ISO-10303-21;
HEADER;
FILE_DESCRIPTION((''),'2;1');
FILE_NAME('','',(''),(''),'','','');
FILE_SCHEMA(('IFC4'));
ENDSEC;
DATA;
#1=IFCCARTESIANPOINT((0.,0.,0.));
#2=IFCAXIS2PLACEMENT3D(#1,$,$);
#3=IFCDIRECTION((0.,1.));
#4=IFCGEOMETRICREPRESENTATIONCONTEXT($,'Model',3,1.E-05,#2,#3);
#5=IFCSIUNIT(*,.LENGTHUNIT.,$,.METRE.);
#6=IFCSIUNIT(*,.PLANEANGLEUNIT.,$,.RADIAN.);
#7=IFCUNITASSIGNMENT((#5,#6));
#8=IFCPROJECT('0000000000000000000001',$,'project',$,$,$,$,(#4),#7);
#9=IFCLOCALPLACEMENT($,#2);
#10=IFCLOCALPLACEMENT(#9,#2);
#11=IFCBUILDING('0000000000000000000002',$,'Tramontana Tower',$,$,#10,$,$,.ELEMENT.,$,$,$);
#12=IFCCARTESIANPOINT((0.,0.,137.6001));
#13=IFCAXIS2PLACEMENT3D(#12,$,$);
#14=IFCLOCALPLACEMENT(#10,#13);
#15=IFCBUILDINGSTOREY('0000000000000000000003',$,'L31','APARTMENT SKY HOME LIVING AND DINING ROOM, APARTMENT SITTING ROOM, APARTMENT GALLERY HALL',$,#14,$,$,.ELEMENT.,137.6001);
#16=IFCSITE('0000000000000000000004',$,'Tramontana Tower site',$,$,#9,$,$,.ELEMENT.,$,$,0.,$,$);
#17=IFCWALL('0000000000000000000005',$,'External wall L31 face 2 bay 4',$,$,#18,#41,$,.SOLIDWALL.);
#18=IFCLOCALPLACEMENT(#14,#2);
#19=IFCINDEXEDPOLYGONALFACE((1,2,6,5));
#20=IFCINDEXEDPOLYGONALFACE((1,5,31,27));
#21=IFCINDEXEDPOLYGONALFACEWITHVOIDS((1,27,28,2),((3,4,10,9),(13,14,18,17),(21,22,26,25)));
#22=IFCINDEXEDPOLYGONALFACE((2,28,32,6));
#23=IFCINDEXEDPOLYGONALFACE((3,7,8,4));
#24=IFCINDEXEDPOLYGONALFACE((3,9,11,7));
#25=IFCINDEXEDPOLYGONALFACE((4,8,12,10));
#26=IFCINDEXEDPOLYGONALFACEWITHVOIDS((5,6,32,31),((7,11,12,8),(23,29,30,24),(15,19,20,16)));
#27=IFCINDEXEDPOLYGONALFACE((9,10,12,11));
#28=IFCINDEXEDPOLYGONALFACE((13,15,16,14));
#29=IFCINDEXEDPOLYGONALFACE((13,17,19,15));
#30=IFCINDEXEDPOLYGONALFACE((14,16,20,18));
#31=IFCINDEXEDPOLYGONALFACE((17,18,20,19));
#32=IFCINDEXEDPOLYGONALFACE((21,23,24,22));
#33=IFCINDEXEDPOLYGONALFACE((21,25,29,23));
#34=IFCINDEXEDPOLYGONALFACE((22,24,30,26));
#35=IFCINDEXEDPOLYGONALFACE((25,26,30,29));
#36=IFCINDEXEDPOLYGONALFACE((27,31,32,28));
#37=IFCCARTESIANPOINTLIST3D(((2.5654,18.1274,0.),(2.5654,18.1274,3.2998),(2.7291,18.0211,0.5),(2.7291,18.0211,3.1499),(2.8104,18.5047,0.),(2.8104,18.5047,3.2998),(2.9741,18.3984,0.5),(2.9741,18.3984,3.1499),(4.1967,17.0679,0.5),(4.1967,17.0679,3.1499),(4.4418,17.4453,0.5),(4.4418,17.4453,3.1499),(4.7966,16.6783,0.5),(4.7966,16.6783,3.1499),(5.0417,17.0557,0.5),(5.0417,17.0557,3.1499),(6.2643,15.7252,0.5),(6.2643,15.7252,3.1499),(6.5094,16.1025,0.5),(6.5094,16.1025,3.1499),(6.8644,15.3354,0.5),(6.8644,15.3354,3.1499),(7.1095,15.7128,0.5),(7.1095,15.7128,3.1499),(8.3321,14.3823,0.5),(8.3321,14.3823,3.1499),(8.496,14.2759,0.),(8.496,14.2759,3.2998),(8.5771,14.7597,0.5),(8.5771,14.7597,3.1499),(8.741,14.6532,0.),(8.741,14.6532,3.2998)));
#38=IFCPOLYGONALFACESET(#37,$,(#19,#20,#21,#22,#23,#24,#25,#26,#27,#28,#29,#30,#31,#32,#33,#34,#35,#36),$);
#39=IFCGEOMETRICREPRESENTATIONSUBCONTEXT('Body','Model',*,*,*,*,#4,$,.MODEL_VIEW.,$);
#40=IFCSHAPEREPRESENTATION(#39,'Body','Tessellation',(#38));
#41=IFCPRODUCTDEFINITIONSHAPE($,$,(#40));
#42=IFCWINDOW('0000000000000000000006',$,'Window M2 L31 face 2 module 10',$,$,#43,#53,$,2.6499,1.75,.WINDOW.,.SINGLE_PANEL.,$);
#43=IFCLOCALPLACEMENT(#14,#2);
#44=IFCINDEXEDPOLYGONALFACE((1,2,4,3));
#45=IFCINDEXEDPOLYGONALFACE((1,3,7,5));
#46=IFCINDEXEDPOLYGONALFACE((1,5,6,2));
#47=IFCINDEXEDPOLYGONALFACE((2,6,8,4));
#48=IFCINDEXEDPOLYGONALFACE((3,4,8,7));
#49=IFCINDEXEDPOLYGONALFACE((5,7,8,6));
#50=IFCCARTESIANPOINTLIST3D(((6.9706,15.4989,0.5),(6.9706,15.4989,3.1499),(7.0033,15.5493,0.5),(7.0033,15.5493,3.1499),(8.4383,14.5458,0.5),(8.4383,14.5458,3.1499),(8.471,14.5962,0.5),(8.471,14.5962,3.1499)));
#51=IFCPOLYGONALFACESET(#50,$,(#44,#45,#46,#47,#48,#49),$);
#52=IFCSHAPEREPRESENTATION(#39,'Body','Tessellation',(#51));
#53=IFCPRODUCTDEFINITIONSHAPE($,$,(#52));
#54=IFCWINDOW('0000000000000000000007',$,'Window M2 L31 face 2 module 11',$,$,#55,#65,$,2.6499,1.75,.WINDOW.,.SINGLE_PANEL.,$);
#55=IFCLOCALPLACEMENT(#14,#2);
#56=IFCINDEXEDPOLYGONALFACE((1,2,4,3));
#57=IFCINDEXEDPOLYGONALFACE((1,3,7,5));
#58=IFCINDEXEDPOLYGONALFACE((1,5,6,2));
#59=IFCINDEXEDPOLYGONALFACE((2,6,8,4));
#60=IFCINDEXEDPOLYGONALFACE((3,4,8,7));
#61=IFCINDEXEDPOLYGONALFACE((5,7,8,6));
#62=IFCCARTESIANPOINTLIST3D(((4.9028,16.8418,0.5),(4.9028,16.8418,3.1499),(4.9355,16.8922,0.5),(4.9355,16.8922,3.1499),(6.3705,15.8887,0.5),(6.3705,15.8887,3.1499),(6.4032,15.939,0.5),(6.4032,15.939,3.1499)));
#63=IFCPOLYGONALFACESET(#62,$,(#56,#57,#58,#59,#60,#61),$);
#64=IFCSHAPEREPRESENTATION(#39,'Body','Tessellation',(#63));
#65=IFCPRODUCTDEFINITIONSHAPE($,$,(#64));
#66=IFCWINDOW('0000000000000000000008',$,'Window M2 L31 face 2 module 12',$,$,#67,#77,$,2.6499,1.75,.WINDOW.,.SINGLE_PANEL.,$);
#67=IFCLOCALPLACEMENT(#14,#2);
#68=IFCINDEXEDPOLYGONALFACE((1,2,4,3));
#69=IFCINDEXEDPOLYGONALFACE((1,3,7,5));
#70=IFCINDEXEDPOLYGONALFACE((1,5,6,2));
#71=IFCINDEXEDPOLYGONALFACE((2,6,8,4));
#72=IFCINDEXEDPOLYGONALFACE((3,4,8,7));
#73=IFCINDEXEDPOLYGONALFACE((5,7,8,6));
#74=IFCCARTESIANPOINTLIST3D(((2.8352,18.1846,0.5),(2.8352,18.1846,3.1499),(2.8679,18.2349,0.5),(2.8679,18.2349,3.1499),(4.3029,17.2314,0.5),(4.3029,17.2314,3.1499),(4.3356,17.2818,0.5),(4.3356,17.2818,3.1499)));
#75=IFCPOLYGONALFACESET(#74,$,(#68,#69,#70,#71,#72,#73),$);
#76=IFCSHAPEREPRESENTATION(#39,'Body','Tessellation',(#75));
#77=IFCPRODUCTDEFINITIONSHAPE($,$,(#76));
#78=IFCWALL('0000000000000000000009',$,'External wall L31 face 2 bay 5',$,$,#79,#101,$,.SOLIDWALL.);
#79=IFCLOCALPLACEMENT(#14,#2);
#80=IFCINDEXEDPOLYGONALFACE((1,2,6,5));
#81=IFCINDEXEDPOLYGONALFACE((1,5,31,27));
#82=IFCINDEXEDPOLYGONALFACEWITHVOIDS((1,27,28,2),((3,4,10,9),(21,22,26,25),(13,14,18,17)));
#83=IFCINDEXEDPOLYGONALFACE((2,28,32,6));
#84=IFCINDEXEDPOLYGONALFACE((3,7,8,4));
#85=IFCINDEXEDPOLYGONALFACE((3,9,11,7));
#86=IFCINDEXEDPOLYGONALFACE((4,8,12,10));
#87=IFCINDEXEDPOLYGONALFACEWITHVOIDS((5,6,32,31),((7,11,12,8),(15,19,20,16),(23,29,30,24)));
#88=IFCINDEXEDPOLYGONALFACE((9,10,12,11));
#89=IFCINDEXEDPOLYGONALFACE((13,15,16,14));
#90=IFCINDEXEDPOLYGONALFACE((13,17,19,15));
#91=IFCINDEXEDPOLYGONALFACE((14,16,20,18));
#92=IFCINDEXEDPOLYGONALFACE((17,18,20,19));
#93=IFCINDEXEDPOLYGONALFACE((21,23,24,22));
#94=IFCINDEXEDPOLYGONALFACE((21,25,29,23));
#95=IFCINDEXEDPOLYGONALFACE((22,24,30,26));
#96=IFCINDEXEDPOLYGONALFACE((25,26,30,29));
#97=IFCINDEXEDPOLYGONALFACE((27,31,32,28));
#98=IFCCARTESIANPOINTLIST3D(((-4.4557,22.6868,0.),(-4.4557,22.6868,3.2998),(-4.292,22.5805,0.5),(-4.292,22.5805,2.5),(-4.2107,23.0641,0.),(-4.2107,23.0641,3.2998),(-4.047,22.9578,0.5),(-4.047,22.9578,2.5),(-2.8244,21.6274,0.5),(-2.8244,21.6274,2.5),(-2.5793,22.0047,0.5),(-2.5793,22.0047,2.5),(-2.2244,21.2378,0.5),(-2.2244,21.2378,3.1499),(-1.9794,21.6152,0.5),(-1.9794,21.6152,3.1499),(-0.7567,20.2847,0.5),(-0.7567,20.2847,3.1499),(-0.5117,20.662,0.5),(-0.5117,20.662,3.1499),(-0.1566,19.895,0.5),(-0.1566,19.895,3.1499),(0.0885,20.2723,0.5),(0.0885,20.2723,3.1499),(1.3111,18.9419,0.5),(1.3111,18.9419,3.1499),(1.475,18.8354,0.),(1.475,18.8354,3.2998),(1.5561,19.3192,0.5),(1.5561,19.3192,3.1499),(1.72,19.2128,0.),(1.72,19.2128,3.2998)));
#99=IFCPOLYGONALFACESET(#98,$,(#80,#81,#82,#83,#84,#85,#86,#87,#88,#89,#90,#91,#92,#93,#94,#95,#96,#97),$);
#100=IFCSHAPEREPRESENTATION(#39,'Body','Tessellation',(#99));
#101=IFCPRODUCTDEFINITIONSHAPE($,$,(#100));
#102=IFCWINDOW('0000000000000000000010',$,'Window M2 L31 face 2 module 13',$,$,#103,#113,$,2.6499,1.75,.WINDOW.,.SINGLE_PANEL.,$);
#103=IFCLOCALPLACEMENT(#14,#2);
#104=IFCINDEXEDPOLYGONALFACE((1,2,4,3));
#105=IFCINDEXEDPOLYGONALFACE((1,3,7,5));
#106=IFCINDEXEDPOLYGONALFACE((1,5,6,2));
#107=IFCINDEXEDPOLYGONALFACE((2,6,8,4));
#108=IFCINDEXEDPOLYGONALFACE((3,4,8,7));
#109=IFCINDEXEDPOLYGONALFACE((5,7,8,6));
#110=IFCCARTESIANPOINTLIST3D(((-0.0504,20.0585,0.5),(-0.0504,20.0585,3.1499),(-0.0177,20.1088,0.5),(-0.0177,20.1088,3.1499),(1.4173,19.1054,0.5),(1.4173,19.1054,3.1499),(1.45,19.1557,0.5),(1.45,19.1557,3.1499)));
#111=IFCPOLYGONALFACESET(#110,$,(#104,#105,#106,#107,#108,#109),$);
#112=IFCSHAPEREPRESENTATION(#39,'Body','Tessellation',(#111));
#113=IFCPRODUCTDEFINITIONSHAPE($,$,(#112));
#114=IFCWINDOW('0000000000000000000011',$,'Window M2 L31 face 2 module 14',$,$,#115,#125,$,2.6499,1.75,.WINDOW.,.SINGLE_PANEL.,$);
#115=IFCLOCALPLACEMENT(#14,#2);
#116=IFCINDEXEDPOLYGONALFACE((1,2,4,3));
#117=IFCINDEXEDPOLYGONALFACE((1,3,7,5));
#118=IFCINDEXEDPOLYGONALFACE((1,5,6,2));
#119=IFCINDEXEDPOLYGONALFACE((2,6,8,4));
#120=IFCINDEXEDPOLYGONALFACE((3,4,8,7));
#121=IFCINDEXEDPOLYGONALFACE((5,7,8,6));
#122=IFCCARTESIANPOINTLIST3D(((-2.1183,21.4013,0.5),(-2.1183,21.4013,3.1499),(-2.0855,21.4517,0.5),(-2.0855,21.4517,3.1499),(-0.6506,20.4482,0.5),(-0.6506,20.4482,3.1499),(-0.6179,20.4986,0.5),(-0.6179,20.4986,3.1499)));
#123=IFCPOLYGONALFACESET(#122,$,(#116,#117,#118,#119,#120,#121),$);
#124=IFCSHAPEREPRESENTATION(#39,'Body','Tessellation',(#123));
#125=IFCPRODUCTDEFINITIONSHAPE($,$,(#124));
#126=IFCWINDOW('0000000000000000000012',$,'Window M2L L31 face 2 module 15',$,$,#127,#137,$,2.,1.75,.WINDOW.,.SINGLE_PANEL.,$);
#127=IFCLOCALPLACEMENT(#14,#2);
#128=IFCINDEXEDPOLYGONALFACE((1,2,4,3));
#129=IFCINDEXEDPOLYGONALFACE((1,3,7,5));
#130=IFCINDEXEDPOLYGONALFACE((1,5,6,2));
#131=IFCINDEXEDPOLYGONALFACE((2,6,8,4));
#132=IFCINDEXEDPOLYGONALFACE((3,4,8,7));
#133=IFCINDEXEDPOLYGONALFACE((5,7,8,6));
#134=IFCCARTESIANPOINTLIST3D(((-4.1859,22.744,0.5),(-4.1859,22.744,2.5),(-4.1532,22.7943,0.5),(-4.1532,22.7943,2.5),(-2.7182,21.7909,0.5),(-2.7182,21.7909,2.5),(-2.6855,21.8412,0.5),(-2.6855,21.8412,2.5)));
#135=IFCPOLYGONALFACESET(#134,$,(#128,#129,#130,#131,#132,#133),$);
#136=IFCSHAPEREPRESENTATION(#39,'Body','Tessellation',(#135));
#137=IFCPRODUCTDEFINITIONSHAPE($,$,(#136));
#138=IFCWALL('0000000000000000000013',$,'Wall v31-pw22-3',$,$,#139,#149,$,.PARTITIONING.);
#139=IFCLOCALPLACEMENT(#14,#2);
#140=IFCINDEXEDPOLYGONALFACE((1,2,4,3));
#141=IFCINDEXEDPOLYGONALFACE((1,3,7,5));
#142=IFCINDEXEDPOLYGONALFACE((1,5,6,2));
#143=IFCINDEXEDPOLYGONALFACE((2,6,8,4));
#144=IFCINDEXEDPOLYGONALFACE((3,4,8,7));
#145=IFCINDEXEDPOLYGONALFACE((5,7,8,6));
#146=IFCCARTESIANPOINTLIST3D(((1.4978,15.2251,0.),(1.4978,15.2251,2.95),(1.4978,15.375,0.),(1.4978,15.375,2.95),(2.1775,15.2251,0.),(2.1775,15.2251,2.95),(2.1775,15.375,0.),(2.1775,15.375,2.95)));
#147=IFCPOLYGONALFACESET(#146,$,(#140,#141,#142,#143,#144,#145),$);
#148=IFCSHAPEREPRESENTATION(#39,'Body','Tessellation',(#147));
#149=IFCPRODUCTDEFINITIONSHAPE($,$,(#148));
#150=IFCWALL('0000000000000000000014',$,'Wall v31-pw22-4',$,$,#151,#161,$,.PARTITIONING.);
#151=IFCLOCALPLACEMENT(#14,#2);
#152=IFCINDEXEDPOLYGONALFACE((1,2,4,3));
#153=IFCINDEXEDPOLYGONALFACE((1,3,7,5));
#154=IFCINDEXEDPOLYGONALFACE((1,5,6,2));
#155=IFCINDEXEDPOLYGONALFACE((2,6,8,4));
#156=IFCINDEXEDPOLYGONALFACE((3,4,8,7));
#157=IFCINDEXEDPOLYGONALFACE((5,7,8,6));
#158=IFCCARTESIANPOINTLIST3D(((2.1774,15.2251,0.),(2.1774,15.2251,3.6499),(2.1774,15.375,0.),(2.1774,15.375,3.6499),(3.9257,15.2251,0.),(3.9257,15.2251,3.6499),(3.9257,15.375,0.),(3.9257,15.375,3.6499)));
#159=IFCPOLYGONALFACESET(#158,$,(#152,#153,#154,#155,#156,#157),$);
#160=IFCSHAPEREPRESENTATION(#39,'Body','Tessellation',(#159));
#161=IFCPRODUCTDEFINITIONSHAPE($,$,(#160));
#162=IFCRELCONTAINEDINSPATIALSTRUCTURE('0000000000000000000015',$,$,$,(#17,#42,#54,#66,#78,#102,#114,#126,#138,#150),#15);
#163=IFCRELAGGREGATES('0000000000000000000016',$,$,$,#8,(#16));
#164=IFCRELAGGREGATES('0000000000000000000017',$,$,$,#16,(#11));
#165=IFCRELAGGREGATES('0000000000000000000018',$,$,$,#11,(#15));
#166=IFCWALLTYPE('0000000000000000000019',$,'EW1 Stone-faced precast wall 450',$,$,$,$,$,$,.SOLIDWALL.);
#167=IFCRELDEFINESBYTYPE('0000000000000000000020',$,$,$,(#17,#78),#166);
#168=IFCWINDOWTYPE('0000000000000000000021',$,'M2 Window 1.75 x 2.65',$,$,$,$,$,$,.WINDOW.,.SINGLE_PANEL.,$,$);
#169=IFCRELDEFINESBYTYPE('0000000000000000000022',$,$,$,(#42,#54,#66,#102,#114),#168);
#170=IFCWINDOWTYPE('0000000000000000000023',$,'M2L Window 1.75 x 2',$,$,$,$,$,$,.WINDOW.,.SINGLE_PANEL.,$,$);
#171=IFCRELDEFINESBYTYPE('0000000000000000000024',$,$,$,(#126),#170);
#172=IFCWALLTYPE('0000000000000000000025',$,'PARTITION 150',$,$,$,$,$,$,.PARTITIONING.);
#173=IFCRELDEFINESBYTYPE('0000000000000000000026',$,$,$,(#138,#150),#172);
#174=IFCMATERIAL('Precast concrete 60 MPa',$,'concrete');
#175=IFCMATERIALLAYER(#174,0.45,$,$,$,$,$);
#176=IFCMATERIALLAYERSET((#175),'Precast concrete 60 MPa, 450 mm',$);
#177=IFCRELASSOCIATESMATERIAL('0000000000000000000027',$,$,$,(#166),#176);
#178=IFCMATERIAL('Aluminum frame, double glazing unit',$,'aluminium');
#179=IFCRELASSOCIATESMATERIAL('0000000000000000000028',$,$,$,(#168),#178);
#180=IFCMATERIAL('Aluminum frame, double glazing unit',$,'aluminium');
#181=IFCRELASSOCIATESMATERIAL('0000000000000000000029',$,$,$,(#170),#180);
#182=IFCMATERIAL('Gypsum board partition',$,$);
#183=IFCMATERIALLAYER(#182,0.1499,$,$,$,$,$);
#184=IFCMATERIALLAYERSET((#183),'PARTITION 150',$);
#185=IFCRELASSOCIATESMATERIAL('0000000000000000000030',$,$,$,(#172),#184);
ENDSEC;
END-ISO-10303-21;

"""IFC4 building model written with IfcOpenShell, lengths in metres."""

from ifc_helpers import new_model, si_unit, direction, frame, frame_2d, origin, place, context, subcontext, project, spatial, rectangle, extrude, material, layer, layer_set, type_object, element, fill, save


model = new_model("IFC4")

# Units and contexts
model_context = context("Model", 3, precision=1e-05, world=origin(), true_north=direction((0.0, 1.0)))
body_context = subcontext(model_context, "Body", "Model", "MODEL_VIEW")
ifc_project = project(units=[si_unit("LENGTHUNIT", "METRE"), si_unit("PLANEANGLEUNIT", "RADIAN")], contexts=[model_context])

# Site, building, storey
site_placement = place(None, origin())
site = spatial("IfcSite", under=ifc_project, at=site_placement, Name="Tramontana Tower site", CompositionType="ELEMENT", RefElevation=0.0)
building_placement = place(site_placement, origin())
building = spatial("IfcBuilding", under=site, at=building_placement, Name="Tramontana Tower", CompositionType="ELEMENT")
storey_placement = place(building_placement, frame((0.0, 0.0, 137.6001)))
storey = spatial("IfcBuildingStorey", under=building, at=storey_placement, Name="L31", Description="APARTMENT SKY HOME LIVING AND DINING ROOM, APARTMENT SITTING ROOM, APARTMENT GALLERY HALL", CompositionType="ELEMENT", Elevation=137.6001)

# Walls, openings, windows
ifc_material_1 = material(Name="Precast concrete 60 MPa", Category="concrete")
ifc_layer_1 = layer(ifc_material_1, 0.45)
ifc_layer_set_1 = layer_set([ifc_layer_1], Name="Precast concrete 60 MPa, 450 mm")
wall_type_1 = type_object("IfcWallType", Name="EW1 Stone-faced precast wall 450", PredefinedType="SOLIDWALL", material=ifc_layer_set_1)
wall_1_placement = place(storey_placement, frame((8.6184, 14.4646, 0.0), z_axis=(0.0, 0.0, 1.0), x_axis=(-0.838661, 0.544653, 0.0)))
wall_1 = element("IfcWall", 1, at=wall_1_placement, inside=storey, type_object=wall_type_1, Name="External wall L31 face 2 bay 4", PredefinedType="SOLIDWALL", context=body_context, shape_type="SweptSolid", body=[
    extrude(rectangle(XDim=7.0715, YDim=0.45, at=frame_2d((3.5356, 0.0))), origin(), (0.0, 0.0, 1.0), 3.2998),
])
opening_1_placement = place(wall_1_placement, frame((0.1953, 0.0, 0.5)))
opening_1 = element("IfcOpeningElement", 2, at=opening_1_placement, cuts=wall_1, PredefinedType="OPENING", context=body_context, shape_type="SweptSolid", body=[
    extrude(rectangle(XDim=1.75, YDim=2.6499, at=frame_2d((0.875, 1.325))), frame((0.0, 0.2349, 0.0), z_axis=(0.0, -1.0, 0.0), x_axis=(1.0, 0.0, 0.0)), (0.0, 0.0, 1.0), 0.47),
])
opening_2_placement = place(wall_1_placement, frame((2.6609, 0.0, 0.5)))
opening_2 = element("IfcOpeningElement", 3, at=opening_2_placement, cuts=wall_1, PredefinedType="OPENING", context=body_context, shape_type="SweptSolid", body=[
    extrude(rectangle(XDim=1.75, YDim=2.6499, at=frame_2d((0.875, 1.325))), frame((0.0, 0.2349, 0.0), z_axis=(0.0, -1.0, 0.0), x_axis=(1.0, 0.0, 0.0)), (0.0, 0.0, 1.0), 0.47),
])
opening_3_placement = place(wall_1_placement, frame((5.1262, 0.0, 0.5)))
opening_3 = element("IfcOpeningElement", 4, at=opening_3_placement, cuts=wall_1, PredefinedType="OPENING", context=body_context, shape_type="SweptSolid", body=[
    extrude(rectangle(XDim=1.75, YDim=2.6499, at=frame_2d((0.875, 1.325))), frame((0.0, 0.2349, 0.0), z_axis=(0.0, -1.0, 0.0), x_axis=(1.0, 0.0, 0.0)), (0.0, 0.0, 1.0), 0.47),
])
ifc_material_2 = material(Name="Aluminum frame, double glazing unit", Category="aluminium")
window_type_1 = type_object("IfcWindowType", Name="M2 Window 1.75 x 2.65", PartitioningType="SINGLE_PANEL", PredefinedType="WINDOW", material=ifc_material_2)
window_1_placement = place(opening_1_placement, origin())
window_1 = element("IfcWindow", 5, at=window_1_placement, inside=storey, type_object=window_type_1, Name="Window M2 L31 face 2 module 10", OverallHeight=2.6499, OverallWidth=1.75, PartitioningType="SINGLE_PANEL", PredefinedType="WINDOW", context=body_context, shape_type="SweptSolid", body=[
    extrude(rectangle(XDim=1.75, YDim=2.6499, at=frame_2d((0.875, 1.325))), frame((0.0, 0.03, 0.0), z_axis=(0.0, -1.0, 0.0), x_axis=(1.0, 0.0, 0.0)), (0.0, 0.0, 1.0), 0.0601),
])
fill(opening_1, window_1)
window_2_placement = place(opening_2_placement, origin())
window_2 = element("IfcWindow", 6, at=window_2_placement, inside=storey, type_object=window_type_1, Name="Window M2 L31 face 2 module 11", OverallHeight=2.6499, OverallWidth=1.75, PartitioningType="SINGLE_PANEL", PredefinedType="WINDOW", context=body_context, shape_type="SweptSolid", body=[
    extrude(rectangle(XDim=1.75, YDim=2.6499, at=frame_2d((0.875, 1.325))), frame((0.0, 0.03, 0.0), z_axis=(0.0, -1.0, 0.0), x_axis=(1.0, 0.0, 0.0)), (0.0, 0.0, 1.0), 0.0601),
])
fill(opening_2, window_2)
window_3_placement = place(opening_3_placement, origin())
window_3 = element("IfcWindow", 7, at=window_3_placement, inside=storey, type_object=window_type_1, Name="Window M2 L31 face 2 module 12", OverallHeight=2.6499, OverallWidth=1.75, PartitioningType="SINGLE_PANEL", PredefinedType="WINDOW", context=body_context, shape_type="SweptSolid", body=[
    extrude(rectangle(XDim=1.75, YDim=2.6499, at=frame_2d((0.875, 1.325))), frame((0.0, 0.03, 0.0), z_axis=(0.0, -1.0, 0.0), x_axis=(1.0, 0.0, 0.0)), (0.0, 0.0, 1.0), 0.0601),
])
fill(opening_3, window_3)
wall_2_placement = place(storey_placement, frame((1.5974, 19.0242, 0.0), z_axis=(0.0, 0.0, 1.0), x_axis=(-0.838677, 0.544629, 0.0)))
wall_2 = element("IfcWall", 8, at=wall_2_placement, inside=storey, type_object=wall_type_1, Name="External wall L31 face 2 bay 5", PredefinedType="SOLIDWALL", context=body_context, shape_type="SweptSolid", body=[
    extrude(rectangle(XDim=7.0715, YDim=0.45, at=frame_2d((3.5356, 0.0))), origin(), (0.0, 0.0, 1.0), 3.2998),
])
opening_4_placement = place(wall_2_placement, frame((0.1953, 0.0, 0.5)))
opening_4 = element("IfcOpeningElement", 9, at=opening_4_placement, cuts=wall_2, PredefinedType="OPENING", context=body_context, shape_type="SweptSolid", body=[
    extrude(rectangle(XDim=1.75, YDim=2.6499, at=frame_2d((0.875, 1.325))), frame((0.0, 0.2349, 0.0), z_axis=(0.0, -1.0, 0.0), x_axis=(1.0, 0.0, 0.0)), (0.0, 0.0, 1.0), 0.47),
])
opening_5_placement = place(wall_2_placement, frame((2.6609, 0.0, 0.5)))
opening_5 = element("IfcOpeningElement", 10, at=opening_5_placement, cuts=wall_2, PredefinedType="OPENING", context=body_context, shape_type="SweptSolid", body=[
    extrude(rectangle(XDim=1.75, YDim=2.6499, at=frame_2d((0.875, 1.325))), frame((0.0, 0.2349, 0.0), z_axis=(0.0, -1.0, 0.0), x_axis=(1.0, 0.0, 0.0)), (0.0, 0.0, 1.0), 0.47),
])
opening_6_placement = place(wall_2_placement, frame((5.1262, 0.0, 0.5)))
opening_6 = element("IfcOpeningElement", 11, at=opening_6_placement, cuts=wall_2, PredefinedType="OPENING", context=body_context, shape_type="SweptSolid", body=[
    extrude(rectangle(XDim=1.75, YDim=2.0, at=frame_2d((0.875, 1.0))), frame((0.0, 0.2349, 0.0), z_axis=(0.0, -1.0, 0.0), x_axis=(1.0, 0.0, 0.0)), (0.0, 0.0, 1.0), 0.47),
])
window_4_placement = place(opening_4_placement, origin())
window_4 = element("IfcWindow", 12, at=window_4_placement, inside=storey, type_object=window_type_1, Name="Window M2 L31 face 2 module 13", OverallHeight=2.6499, OverallWidth=1.75, PartitioningType="SINGLE_PANEL", PredefinedType="WINDOW", context=body_context, shape_type="SweptSolid", body=[
    extrude(rectangle(XDim=1.75, YDim=2.6499, at=frame_2d((0.875, 1.325))), frame((0.0, 0.03, 0.0), z_axis=(0.0, -1.0, 0.0), x_axis=(1.0, 0.0, 0.0)), (0.0, 0.0, 1.0), 0.0601),
])
fill(opening_4, window_4)
window_5_placement = place(opening_5_placement, origin())
window_5 = element("IfcWindow", 13, at=window_5_placement, inside=storey, type_object=window_type_1, Name="Window M2 L31 face 2 module 14", OverallHeight=2.6499, OverallWidth=1.75, PartitioningType="SINGLE_PANEL", PredefinedType="WINDOW", context=body_context, shape_type="SweptSolid", body=[
    extrude(rectangle(XDim=1.75, YDim=2.6499, at=frame_2d((0.875, 1.325))), frame((0.0, 0.03, 0.0), z_axis=(0.0, -1.0, 0.0), x_axis=(1.0, 0.0, 0.0)), (0.0, 0.0, 1.0), 0.0601),
])
fill(opening_5, window_5)
ifc_material_3 = material(Name="Aluminum frame, double glazing unit", Category="aluminium")
window_type_2 = type_object("IfcWindowType", Name="M2L Window 1.75 x 2", PartitioningType="SINGLE_PANEL", PredefinedType="WINDOW", material=ifc_material_3)
window_6_placement = place(opening_6_placement, origin())
window_6 = element("IfcWindow", 14, at=window_6_placement, inside=storey, type_object=window_type_2, Name="Window M2L L31 face 2 module 15", OverallHeight=2.0, OverallWidth=1.75, PartitioningType="SINGLE_PANEL", PredefinedType="WINDOW", context=body_context, shape_type="SweptSolid", body=[
    extrude(rectangle(XDim=1.75, YDim=2.0, at=frame_2d((0.875, 1.0))), frame((0.0, 0.03, 0.0), z_axis=(0.0, -1.0, 0.0), x_axis=(1.0, 0.0, 0.0)), (0.0, 0.0, 1.0), 0.0601),
])
fill(opening_6, window_6)

# Walls
ifc_material_4 = material(Name="Gypsum board partition")
ifc_layer_2 = layer(ifc_material_4, 0.1499)
ifc_layer_set_2 = layer_set([ifc_layer_2], Name="PARTITION 150")
wall_type_2 = type_object("IfcWallType", Name="PARTITION 150", PredefinedType="PARTITIONING", material=ifc_layer_set_2)
wall_3_placement = place(storey_placement, frame((1.4978, 15.3, 0.0), z_axis=(0.0, 0.0, 1.0), x_axis=(1.0, 0.0, 0.0)))
element("IfcWall", 15, at=wall_3_placement, inside=storey, type_object=wall_type_2, Name="Wall v31-pw22-3", PredefinedType="PARTITIONING", context=body_context, shape_type="SweptSolid", body=[
    extrude(rectangle(XDim=0.6797, YDim=0.1499, at=frame_2d((0.3398, 0.0))), origin(), (0.0, 0.0, 1.0), 2.95),
])
wall_4_placement = place(storey_placement, frame((2.1775, 15.3, 0.0), z_axis=(0.0, 0.0, 1.0), x_axis=(1.0, 0.0, 0.0)))
element("IfcWall", 16, at=wall_4_placement, inside=storey, type_object=wall_type_2, Name="Wall v31-pw22-4", PredefinedType="PARTITIONING", context=body_context, shape_type="SweptSolid", body=[
    extrude(rectangle(XDim=1.7483, YDim=0.1499, at=frame_2d((0.874, 0.0))), origin(), (0.0, 0.0, 1.0), 3.6499),
])

save(model, "model.ifc")
